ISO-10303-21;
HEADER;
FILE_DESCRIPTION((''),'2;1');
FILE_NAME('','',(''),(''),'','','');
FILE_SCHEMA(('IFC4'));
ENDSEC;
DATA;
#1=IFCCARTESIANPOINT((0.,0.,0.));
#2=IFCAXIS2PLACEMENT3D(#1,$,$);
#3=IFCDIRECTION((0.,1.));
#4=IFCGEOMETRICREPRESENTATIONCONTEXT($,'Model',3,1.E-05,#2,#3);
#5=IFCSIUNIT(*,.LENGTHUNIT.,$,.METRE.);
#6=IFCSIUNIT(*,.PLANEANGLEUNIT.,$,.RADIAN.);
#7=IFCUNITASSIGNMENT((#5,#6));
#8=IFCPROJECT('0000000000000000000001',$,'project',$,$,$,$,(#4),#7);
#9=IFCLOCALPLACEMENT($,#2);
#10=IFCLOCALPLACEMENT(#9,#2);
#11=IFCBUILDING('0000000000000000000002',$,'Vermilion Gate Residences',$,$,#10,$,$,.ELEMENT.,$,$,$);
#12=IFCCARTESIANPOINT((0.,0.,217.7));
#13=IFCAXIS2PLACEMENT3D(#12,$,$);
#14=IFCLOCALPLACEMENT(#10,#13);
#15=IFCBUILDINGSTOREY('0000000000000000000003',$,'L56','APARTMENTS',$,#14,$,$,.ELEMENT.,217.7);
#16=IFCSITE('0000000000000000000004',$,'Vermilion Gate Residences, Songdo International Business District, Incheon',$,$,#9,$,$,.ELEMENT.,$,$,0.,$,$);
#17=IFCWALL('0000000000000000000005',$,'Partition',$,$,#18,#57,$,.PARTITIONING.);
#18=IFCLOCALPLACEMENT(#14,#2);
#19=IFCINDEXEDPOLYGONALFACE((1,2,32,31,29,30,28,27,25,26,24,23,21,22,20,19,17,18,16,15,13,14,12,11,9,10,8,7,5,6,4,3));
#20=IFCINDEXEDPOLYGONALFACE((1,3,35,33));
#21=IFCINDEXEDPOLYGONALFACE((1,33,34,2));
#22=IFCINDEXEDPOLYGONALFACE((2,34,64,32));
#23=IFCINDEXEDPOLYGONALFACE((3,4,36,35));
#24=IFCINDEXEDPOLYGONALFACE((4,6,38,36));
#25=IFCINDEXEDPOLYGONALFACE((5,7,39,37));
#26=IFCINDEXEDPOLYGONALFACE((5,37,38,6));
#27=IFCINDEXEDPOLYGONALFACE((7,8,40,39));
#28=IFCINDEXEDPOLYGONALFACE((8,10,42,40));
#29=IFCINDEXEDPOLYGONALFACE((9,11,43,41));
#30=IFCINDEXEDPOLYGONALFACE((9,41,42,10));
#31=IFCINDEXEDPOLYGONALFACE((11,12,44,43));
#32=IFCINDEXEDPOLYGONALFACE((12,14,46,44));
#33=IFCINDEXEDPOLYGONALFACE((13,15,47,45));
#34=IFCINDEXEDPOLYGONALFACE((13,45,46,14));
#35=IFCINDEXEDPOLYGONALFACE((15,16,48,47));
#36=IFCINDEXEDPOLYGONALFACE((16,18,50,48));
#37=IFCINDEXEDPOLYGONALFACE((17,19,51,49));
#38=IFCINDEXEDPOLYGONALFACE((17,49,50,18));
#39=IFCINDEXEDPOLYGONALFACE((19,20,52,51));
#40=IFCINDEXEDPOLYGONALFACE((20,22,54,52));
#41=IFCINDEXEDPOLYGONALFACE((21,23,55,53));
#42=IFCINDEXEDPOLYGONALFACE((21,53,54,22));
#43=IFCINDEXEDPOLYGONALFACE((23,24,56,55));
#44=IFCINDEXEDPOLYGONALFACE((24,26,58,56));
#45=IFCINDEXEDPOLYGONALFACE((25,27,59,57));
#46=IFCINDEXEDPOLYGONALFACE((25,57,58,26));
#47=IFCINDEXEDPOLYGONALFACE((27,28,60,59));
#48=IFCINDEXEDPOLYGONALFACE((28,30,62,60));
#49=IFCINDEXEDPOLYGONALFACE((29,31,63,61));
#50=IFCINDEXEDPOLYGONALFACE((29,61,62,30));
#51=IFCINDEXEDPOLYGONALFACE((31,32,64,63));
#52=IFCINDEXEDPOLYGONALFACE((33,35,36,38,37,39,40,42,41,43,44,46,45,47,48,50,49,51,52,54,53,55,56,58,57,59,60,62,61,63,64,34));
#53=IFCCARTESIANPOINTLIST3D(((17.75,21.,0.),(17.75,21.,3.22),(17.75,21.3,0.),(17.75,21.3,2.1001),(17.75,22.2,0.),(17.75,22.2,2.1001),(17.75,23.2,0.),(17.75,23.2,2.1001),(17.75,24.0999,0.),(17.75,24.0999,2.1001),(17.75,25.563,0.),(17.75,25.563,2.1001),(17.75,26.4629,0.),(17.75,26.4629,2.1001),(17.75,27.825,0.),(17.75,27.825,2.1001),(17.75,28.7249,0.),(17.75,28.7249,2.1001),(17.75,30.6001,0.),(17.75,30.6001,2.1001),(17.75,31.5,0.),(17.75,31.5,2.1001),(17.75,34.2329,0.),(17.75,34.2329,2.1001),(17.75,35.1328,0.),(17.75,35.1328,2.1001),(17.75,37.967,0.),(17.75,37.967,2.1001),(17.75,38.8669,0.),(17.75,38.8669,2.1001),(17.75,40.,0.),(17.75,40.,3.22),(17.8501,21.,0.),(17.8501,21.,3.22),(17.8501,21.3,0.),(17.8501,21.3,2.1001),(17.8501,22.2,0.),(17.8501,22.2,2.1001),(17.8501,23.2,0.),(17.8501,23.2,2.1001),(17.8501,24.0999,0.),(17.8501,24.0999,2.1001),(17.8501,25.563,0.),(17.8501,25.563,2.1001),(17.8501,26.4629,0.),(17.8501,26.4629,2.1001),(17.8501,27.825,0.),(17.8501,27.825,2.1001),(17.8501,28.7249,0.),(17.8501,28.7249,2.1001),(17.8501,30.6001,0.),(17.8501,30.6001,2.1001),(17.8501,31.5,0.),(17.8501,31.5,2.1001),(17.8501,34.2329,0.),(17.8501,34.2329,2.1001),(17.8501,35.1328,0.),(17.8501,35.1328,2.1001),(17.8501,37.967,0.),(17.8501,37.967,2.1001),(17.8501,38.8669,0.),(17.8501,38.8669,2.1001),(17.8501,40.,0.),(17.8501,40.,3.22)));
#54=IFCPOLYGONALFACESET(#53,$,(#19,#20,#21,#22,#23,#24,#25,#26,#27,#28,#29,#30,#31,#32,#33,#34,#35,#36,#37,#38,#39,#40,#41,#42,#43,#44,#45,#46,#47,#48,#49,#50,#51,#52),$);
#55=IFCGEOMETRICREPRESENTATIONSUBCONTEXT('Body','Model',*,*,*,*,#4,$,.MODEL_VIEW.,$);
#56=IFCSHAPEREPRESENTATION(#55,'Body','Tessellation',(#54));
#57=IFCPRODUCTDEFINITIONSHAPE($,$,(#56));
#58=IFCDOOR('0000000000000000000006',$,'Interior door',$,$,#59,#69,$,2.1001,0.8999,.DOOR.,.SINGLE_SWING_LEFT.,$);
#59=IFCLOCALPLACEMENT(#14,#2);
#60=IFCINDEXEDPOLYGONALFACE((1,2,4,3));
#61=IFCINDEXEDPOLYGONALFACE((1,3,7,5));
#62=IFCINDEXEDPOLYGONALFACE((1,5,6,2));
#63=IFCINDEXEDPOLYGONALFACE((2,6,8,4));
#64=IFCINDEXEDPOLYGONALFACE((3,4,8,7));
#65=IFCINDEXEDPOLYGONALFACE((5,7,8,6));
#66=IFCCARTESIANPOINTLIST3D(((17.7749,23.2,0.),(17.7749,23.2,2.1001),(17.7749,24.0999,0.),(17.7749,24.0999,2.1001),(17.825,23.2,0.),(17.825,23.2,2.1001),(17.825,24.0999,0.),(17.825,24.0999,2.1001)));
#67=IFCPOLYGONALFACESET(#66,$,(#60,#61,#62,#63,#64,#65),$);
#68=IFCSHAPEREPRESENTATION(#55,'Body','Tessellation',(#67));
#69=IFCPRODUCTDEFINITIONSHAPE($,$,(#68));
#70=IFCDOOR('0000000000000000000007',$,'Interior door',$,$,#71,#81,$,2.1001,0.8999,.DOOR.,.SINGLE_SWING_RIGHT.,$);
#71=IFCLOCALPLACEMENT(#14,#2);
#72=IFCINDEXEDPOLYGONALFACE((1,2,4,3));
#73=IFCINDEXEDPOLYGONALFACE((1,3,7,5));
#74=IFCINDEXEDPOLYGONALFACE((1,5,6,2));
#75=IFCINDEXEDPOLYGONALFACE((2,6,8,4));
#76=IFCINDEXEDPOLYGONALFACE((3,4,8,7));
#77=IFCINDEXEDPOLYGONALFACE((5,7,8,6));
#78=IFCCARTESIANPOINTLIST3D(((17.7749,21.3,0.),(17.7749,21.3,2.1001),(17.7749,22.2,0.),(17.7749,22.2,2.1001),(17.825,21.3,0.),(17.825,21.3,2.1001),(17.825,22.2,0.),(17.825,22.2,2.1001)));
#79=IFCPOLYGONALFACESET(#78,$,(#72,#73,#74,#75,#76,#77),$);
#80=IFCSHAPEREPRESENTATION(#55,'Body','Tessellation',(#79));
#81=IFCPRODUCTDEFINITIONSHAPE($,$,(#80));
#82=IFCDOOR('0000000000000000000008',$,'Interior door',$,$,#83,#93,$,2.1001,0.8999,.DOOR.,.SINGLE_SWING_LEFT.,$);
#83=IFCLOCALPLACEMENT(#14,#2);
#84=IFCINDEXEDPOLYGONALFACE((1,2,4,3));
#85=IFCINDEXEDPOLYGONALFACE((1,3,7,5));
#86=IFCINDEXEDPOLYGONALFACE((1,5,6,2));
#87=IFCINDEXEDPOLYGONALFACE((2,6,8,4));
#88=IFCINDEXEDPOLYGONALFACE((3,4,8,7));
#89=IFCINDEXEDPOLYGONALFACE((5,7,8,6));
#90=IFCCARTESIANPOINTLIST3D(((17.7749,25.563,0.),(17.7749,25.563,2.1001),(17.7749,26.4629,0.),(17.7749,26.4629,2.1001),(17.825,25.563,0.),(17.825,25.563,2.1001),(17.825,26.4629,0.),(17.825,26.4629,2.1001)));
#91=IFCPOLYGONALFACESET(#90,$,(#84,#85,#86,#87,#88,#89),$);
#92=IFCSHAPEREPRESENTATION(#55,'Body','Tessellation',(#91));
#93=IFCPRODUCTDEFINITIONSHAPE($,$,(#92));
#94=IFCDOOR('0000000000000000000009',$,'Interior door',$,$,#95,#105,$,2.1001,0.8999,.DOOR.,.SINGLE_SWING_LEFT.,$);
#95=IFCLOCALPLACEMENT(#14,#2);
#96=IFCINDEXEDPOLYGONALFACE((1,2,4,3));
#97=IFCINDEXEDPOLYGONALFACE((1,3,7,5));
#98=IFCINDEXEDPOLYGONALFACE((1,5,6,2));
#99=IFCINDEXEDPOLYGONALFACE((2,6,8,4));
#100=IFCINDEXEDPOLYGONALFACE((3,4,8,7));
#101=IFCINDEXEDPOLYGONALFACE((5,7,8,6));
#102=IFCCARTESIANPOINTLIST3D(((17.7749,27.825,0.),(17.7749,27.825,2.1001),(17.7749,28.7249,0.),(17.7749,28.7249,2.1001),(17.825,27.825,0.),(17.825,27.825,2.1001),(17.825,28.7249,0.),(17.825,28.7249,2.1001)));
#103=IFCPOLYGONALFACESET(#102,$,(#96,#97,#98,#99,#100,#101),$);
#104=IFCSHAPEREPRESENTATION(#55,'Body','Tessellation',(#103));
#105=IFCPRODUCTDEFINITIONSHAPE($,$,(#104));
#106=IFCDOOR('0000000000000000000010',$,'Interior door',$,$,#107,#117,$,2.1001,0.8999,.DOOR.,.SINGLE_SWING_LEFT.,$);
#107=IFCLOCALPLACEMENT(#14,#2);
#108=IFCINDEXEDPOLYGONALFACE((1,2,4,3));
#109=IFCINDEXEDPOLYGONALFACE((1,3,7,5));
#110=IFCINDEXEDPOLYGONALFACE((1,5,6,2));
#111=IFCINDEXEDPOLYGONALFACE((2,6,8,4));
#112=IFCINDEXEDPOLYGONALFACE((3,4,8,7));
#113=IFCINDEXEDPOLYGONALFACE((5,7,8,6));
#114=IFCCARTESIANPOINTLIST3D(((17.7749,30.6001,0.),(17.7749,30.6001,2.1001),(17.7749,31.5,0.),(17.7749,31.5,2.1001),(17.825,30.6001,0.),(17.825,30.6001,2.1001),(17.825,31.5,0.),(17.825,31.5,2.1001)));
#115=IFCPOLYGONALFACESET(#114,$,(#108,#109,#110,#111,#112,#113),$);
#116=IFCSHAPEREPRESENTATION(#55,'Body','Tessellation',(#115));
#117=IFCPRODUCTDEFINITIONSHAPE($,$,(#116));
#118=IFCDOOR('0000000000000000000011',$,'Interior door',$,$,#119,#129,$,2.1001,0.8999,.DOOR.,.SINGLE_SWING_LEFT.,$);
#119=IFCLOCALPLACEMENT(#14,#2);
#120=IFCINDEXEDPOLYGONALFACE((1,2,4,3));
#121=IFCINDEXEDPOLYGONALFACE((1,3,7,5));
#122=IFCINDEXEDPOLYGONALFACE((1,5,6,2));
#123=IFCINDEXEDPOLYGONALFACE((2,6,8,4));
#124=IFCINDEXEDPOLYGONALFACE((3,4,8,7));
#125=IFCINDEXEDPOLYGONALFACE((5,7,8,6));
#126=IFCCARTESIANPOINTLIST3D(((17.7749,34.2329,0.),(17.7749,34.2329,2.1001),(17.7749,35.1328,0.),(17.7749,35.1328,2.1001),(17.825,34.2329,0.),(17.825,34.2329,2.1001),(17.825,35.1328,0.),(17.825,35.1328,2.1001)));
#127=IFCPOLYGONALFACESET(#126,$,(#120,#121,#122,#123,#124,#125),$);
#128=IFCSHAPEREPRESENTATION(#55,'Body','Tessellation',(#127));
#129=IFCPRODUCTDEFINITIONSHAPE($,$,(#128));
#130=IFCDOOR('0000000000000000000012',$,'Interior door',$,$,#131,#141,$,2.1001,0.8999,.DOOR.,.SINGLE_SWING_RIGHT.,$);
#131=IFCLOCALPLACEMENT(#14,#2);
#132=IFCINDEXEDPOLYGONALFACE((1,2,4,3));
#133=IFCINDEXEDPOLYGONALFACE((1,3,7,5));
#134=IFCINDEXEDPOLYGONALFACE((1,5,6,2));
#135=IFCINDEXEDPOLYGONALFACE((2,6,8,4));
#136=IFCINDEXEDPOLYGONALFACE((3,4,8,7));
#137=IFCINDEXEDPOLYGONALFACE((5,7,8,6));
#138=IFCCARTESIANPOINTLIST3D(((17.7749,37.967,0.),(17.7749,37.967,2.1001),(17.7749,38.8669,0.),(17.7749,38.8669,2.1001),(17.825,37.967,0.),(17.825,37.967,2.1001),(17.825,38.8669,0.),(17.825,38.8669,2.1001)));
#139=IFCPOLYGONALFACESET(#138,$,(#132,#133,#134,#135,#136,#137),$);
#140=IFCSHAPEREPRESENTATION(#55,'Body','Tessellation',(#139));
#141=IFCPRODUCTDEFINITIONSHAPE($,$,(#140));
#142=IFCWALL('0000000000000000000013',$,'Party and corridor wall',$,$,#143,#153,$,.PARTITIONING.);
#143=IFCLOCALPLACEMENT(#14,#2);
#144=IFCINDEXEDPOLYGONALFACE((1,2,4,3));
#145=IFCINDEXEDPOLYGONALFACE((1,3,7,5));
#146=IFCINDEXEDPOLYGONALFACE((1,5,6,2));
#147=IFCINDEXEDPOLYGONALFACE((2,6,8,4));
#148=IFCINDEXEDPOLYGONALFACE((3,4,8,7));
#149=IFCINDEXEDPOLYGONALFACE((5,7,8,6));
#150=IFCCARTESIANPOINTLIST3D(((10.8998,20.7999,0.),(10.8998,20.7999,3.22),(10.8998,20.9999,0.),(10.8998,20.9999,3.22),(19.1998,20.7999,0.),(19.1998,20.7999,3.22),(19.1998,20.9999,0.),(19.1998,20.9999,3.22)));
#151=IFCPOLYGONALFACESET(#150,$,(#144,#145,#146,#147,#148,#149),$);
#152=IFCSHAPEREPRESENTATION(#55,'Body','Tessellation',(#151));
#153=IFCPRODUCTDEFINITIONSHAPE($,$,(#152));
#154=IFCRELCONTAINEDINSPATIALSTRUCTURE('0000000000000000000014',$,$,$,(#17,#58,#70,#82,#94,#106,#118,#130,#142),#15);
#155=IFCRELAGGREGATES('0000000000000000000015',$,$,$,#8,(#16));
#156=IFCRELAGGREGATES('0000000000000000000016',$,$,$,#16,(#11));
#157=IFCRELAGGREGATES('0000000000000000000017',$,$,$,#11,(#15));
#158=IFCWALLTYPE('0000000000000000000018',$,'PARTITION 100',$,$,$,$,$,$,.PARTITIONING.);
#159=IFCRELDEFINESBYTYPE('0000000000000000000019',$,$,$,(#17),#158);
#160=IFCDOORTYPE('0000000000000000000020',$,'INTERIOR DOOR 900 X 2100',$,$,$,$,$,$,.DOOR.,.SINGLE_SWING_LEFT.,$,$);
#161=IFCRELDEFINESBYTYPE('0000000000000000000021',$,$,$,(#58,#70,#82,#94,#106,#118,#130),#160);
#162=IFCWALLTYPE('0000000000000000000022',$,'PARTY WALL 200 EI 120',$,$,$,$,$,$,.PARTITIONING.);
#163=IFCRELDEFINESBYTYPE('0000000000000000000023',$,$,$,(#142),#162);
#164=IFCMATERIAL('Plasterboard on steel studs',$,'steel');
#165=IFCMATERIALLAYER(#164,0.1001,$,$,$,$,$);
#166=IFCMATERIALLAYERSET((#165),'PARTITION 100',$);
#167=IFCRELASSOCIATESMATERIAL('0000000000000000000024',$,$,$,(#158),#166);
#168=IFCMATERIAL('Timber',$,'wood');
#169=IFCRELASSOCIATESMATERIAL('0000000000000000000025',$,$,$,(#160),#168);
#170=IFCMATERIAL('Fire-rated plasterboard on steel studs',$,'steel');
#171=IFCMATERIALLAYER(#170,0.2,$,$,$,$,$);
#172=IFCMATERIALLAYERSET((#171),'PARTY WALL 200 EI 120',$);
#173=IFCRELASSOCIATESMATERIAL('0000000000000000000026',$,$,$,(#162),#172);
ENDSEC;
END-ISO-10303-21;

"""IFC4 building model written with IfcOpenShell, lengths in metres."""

from ifc_helpers import new_model, si_unit, direction, frame, frame_2d, origin, place, context, subcontext, project, spatial, rectangle, extrude, material, layer, layer_set, type_object, element, fill, save


model = new_model("IFC4")

# Units and contexts
model_context = context("Model", 3, precision=1e-05, world=origin(), true_north=direction((0.0, 1.0)))
body_context = subcontext(model_context, "Body", "Model", "MODEL_VIEW")
ifc_project = project(units=[si_unit("LENGTHUNIT", "METRE"), si_unit("PLANEANGLEUNIT", "RADIAN")], contexts=[model_context])

# Site, building, storey
site_placement = place(None, origin())
site = spatial("IfcSite", under=ifc_project, at=site_placement, Name="Vermilion Gate Residences, Songdo International Business District, Incheon", CompositionType="ELEMENT", RefElevation=0.0)
building_placement = place(site_placement, origin())
building = spatial("IfcBuilding", under=site, at=building_placement, Name="Vermilion Gate Residences", CompositionType="ELEMENT")
storey_placement = place(building_placement, frame((0.0, 0.0, 217.7)))
storey = spatial("IfcBuildingStorey", under=building, at=storey_placement, Name="L56", Description="APARTMENTS", CompositionType="ELEMENT", Elevation=217.7)

# Shared definitions
ifc_material_1 = material(Name="Plasterboard on steel studs", Category="steel")
ifc_layer_1 = layer(ifc_material_1, 0.1001)
ifc_layer_set_1 = layer_set([ifc_layer_1], Name="PARTITION 100")
wall_type_1 = type_object("IfcWallType", Name="PARTITION 100", PredefinedType="PARTITIONING", material=ifc_layer_set_1)

# Wall, openings, doors
ifc_material_2 = material(Name="Timber", Category="wood")
door_type_1 = type_object("IfcDoorType", Name="INTERIOR DOOR 900 X 2100", OperationType="SINGLE_SWING_LEFT", PredefinedType="DOOR", material=ifc_material_2)
wall_1_placement = place(storey_placement, frame((17.8, 21.0, 0.0), z_axis=(0.0, 0.0, 1.0), x_axis=(0.0, 1.0, 0.0)))
wall_1 = element("IfcWall", 1, at=wall_1_placement, inside=storey, type_object=wall_type_1, Name="Partition", PredefinedType="PARTITIONING", context=body_context, shape_type="SweptSolid", body=[
    extrude(rectangle(XDim=19.0, YDim=0.1001, at=frame_2d((9.5, 0.0))), origin(), (0.0, 0.0, 1.0), 3.22),
])
opening_1_placement = place(wall_1_placement, frame((2.2, 0.0, 0.0)))
opening_1 = element("IfcOpeningElement", 2, at=opening_1_placement, cuts=wall_1, PredefinedType="OPENING", context=body_context, shape_type="SweptSolid", body=[
    extrude(rectangle(XDim=0.8999, YDim=2.1001, at=frame_2d((0.45, 1.05))), frame((0.0, 0.0601, 0.0), z_axis=(0.0, -1.0, 0.0), x_axis=(1.0, 0.0, 0.0)), (0.0, 0.0, 1.0), 0.1201),
])
opening_2_placement = place(wall_1_placement, frame((0.3, 0.0, 0.0)))
opening_2 = element("IfcOpeningElement", 3, at=opening_2_placement, cuts=wall_1, PredefinedType="OPENING", context=body_context, shape_type="SweptSolid", body=[
    extrude(rectangle(XDim=0.8999, YDim=2.1001, at=frame_2d((0.45, 1.05))), frame((0.0, 0.0601, 0.0), z_axis=(0.0, -1.0, 0.0), x_axis=(1.0, 0.0, 0.0)), (0.0, 0.0, 1.0), 0.1201),
])
opening_3_placement = place(wall_1_placement, frame((4.563, 0.0, 0.0)))
opening_3 = element("IfcOpeningElement", 4, at=opening_3_placement, cuts=wall_1, PredefinedType="OPENING", context=body_context, shape_type="SweptSolid", body=[
    extrude(rectangle(XDim=0.8999, YDim=2.1001, at=frame_2d((0.45, 1.05))), frame((0.0, 0.0601, 0.0), z_axis=(0.0, -1.0, 0.0), x_axis=(1.0, 0.0, 0.0)), (0.0, 0.0, 1.0), 0.1201),
])
opening_4_placement = place(wall_1_placement, frame((6.825, 0.0, 0.0)))
opening_4 = element("IfcOpeningElement", 5, at=opening_4_placement, cuts=wall_1, PredefinedType="OPENING", context=body_context, shape_type="SweptSolid", body=[
    extrude(rectangle(XDim=0.8999, YDim=2.1001, at=frame_2d((0.45, 1.05))), frame((0.0, 0.0601, 0.0), z_axis=(0.0, -1.0, 0.0), x_axis=(1.0, 0.0, 0.0)), (0.0, 0.0, 1.0), 0.1201),
])
opening_5_placement = place(wall_1_placement, frame((9.6001, 0.0, 0.0)))
opening_5 = element("IfcOpeningElement", 6, at=opening_5_placement, cuts=wall_1, PredefinedType="OPENING", context=body_context, shape_type="SweptSolid", body=[
    extrude(rectangle(XDim=0.8999, YDim=2.1001, at=frame_2d((0.45, 1.05))), frame((0.0, 0.0601, 0.0), z_axis=(0.0, -1.0, 0.0), x_axis=(1.0, 0.0, 0.0)), (0.0, 0.0, 1.0), 0.1201),
])
opening_6_placement = place(wall_1_placement, frame((13.2329, 0.0, 0.0)))
opening_6 = element("IfcOpeningElement", 7, at=opening_6_placement, cuts=wall_1, PredefinedType="OPENING", context=body_context, shape_type="SweptSolid", body=[
    extrude(rectangle(XDim=0.8999, YDim=2.1001, at=frame_2d((0.45, 1.05))), frame((0.0, 0.0601, 0.0), z_axis=(0.0, -1.0, 0.0), x_axis=(1.0, 0.0, 0.0)), (0.0, 0.0, 1.0), 0.1201),
])
opening_7_placement = place(wall_1_placement, frame((16.967, 0.0, 0.0)))
opening_7 = element("IfcOpeningElement", 8, at=opening_7_placement, cuts=wall_1, PredefinedType="OPENING", context=body_context, shape_type="SweptSolid", body=[
    extrude(rectangle(XDim=0.8999, YDim=2.1001, at=frame_2d((0.45, 1.05))), frame((0.0, 0.0601, 0.0), z_axis=(0.0, -1.0, 0.0), x_axis=(1.0, 0.0, 0.0)), (0.0, 0.0, 1.0), 0.1201),
])
door_1_placement = place(opening_1_placement, frame((0.8999, 0.0, 0.0), z_axis=(0.0, 0.0, 1.0), x_axis=(-1.0, 0.0, 0.0)))
door_1 = element("IfcDoor", 9, at=door_1_placement, inside=storey, type_object=door_type_1, Name="Interior door", OperationType="SINGLE_SWING_LEFT", OverallHeight=2.1001, OverallWidth=0.8999, PredefinedType="DOOR", context=body_context, shape_type="SweptSolid", body=[
    extrude(rectangle(XDim=0.8999, YDim=2.1001, at=frame_2d((0.45, 1.05))), frame((0.0, 0.0249, 0.0), z_axis=(0.0, -1.0, 0.0), x_axis=(1.0, 0.0, 0.0)), (0.0, 0.0, 1.0), 0.05),
])
fill(opening_1, door_1)
door_2_placement = place(opening_2_placement, frame((0.8999, 0.0, 0.0), z_axis=(0.0, 0.0, 1.0), x_axis=(-1.0, 0.0, 0.0)))
door_2 = element("IfcDoor", 10, at=door_2_placement, inside=storey, type_object=door_type_1, Name="Interior door", OperationType="SINGLE_SWING_RIGHT", OverallHeight=2.1001, OverallWidth=0.8999, PredefinedType="DOOR", context=body_context, shape_type="SweptSolid", body=[
    extrude(rectangle(XDim=0.8999, YDim=2.1001, at=frame_2d((0.45, 1.05))), frame((0.0, 0.0249, 0.0), z_axis=(0.0, -1.0, 0.0), x_axis=(1.0, 0.0, 0.0)), (0.0, 0.0, 1.0), 0.05),
])
fill(opening_2, door_2)
door_3_placement = place(opening_3_placement, frame((0.8999, 0.0, 0.0), z_axis=(0.0, 0.0, 1.0), x_axis=(-1.0, 0.0, 0.0)))
door_3 = element("IfcDoor", 11, at=door_3_placement, inside=storey, type_object=door_type_1, Name="Interior door", OperationType="SINGLE_SWING_LEFT", OverallHeight=2.1001, OverallWidth=0.8999, PredefinedType="DOOR", context=body_context, shape_type="SweptSolid", body=[
    extrude(rectangle(XDim=0.8999, YDim=2.1001, at=frame_2d((0.45, 1.05))), frame((0.0, 0.0249, 0.0), z_axis=(0.0, -1.0, 0.0), x_axis=(1.0, 0.0, 0.0)), (0.0, 0.0, 1.0), 0.05),
])
fill(opening_3, door_3)
door_4_placement = place(opening_4_placement, frame((0.8999, 0.0, 0.0), z_axis=(0.0, 0.0, 1.0), x_axis=(-1.0, 0.0, 0.0)))
door_4 = element("IfcDoor", 12, at=door_4_placement, inside=storey, type_object=door_type_1, Name="Interior door", OperationType="SINGLE_SWING_LEFT", OverallHeight=2.1001, OverallWidth=0.8999, PredefinedType="DOOR", context=body_context, shape_type="SweptSolid", body=[
    extrude(rectangle(XDim=0.8999, YDim=2.1001, at=frame_2d((0.45, 1.05))), frame((0.0, 0.0249, 0.0), z_axis=(0.0, -1.0, 0.0), x_axis=(1.0, 0.0, 0.0)), (0.0, 0.0, 1.0), 0.05),
])
fill(opening_4, door_4)
door_5_placement = place(opening_5_placement, frame((0.8999, 0.0, 0.0), z_axis=(0.0, 0.0, 1.0), x_axis=(-1.0, 0.0, 0.0)))
door_5 = element("IfcDoor", 13, at=door_5_placement, inside=storey, type_object=door_type_1, Name="Interior door", OperationType="SINGLE_SWING_LEFT", OverallHeight=2.1001, OverallWidth=0.8999, PredefinedType="DOOR", context=body_context, shape_type="SweptSolid", body=[
    extrude(rectangle(XDim=0.8999, YDim=2.1001, at=frame_2d((0.45, 1.05))), frame((0.0, 0.0249, 0.0), z_axis=(0.0, -1.0, 0.0), x_axis=(1.0, 0.0, 0.0)), (0.0, 0.0, 1.0), 0.05),
])
fill(opening_5, door_5)
door_6_placement = place(opening_6_placement, frame((0.8999, 0.0, 0.0), z_axis=(0.0, 0.0, 1.0), x_axis=(-1.0, 0.0, 0.0)))
door_6 = element("IfcDoor", 14, at=door_6_placement, inside=storey, type_object=door_type_1, Name="Interior door", OperationType="SINGLE_SWING_LEFT", OverallHeight=2.1001, OverallWidth=0.8999, PredefinedType="DOOR", context=body_context, shape_type="SweptSolid", body=[
    extrude(rectangle(XDim=0.8999, YDim=2.1001, at=frame_2d((0.45, 1.05))), frame((0.0, 0.0249, 0.0), z_axis=(0.0, -1.0, 0.0), x_axis=(1.0, 0.0, 0.0)), (0.0, 0.0, 1.0), 0.05),
])
fill(opening_6, door_6)
door_7_placement = place(opening_7_placement, frame((0.8999, 0.0, 0.0), z_axis=(0.0, 0.0, 1.0), x_axis=(-1.0, 0.0, 0.0)))
door_7 = element("IfcDoor", 15, at=door_7_placement, inside=storey, type_object=door_type_1, Name="Interior door", OperationType="SINGLE_SWING_RIGHT", OverallHeight=2.1001, OverallWidth=0.8999, PredefinedType="DOOR", context=body_context, shape_type="SweptSolid", body=[
    extrude(rectangle(XDim=0.8999, YDim=2.1001, at=frame_2d((0.45, 1.05))), frame((0.0, 0.0249, 0.0), z_axis=(0.0, -1.0, 0.0), x_axis=(1.0, 0.0, 0.0)), (0.0, 0.0, 1.0), 0.05),
])
fill(opening_7, door_7)

# Wall
ifc_material_3 = material(Name="Fire-rated plasterboard on steel studs", Category="steel")
ifc_layer_2 = layer(ifc_material_3, 0.2)
ifc_layer_set_2 = layer_set([ifc_layer_2], Name="PARTY WALL 200 EI 120")
wall_type_2 = type_object("IfcWallType", Name="PARTY WALL 200 EI 120", PredefinedType="PARTITIONING", material=ifc_layer_set_2)
wall_2_placement = place(storey_placement, frame((10.8999, 20.8999, 0.0), z_axis=(0.0, 0.0, 1.0), x_axis=(1.0, 0.0, 0.0)))
element("IfcWall", 16, at=wall_2_placement, inside=storey, type_object=wall_type_2, Name="Party and corridor wall", PredefinedType="PARTITIONING", context=body_context, shape_type="SweptSolid", body=[
    extrude(rectangle(XDim=8.3, YDim=0.2, at=frame_2d((4.1499, 0.0))), origin(), (0.0, 0.0, 1.0), 3.22),
])

save(model, "model.ifc")
